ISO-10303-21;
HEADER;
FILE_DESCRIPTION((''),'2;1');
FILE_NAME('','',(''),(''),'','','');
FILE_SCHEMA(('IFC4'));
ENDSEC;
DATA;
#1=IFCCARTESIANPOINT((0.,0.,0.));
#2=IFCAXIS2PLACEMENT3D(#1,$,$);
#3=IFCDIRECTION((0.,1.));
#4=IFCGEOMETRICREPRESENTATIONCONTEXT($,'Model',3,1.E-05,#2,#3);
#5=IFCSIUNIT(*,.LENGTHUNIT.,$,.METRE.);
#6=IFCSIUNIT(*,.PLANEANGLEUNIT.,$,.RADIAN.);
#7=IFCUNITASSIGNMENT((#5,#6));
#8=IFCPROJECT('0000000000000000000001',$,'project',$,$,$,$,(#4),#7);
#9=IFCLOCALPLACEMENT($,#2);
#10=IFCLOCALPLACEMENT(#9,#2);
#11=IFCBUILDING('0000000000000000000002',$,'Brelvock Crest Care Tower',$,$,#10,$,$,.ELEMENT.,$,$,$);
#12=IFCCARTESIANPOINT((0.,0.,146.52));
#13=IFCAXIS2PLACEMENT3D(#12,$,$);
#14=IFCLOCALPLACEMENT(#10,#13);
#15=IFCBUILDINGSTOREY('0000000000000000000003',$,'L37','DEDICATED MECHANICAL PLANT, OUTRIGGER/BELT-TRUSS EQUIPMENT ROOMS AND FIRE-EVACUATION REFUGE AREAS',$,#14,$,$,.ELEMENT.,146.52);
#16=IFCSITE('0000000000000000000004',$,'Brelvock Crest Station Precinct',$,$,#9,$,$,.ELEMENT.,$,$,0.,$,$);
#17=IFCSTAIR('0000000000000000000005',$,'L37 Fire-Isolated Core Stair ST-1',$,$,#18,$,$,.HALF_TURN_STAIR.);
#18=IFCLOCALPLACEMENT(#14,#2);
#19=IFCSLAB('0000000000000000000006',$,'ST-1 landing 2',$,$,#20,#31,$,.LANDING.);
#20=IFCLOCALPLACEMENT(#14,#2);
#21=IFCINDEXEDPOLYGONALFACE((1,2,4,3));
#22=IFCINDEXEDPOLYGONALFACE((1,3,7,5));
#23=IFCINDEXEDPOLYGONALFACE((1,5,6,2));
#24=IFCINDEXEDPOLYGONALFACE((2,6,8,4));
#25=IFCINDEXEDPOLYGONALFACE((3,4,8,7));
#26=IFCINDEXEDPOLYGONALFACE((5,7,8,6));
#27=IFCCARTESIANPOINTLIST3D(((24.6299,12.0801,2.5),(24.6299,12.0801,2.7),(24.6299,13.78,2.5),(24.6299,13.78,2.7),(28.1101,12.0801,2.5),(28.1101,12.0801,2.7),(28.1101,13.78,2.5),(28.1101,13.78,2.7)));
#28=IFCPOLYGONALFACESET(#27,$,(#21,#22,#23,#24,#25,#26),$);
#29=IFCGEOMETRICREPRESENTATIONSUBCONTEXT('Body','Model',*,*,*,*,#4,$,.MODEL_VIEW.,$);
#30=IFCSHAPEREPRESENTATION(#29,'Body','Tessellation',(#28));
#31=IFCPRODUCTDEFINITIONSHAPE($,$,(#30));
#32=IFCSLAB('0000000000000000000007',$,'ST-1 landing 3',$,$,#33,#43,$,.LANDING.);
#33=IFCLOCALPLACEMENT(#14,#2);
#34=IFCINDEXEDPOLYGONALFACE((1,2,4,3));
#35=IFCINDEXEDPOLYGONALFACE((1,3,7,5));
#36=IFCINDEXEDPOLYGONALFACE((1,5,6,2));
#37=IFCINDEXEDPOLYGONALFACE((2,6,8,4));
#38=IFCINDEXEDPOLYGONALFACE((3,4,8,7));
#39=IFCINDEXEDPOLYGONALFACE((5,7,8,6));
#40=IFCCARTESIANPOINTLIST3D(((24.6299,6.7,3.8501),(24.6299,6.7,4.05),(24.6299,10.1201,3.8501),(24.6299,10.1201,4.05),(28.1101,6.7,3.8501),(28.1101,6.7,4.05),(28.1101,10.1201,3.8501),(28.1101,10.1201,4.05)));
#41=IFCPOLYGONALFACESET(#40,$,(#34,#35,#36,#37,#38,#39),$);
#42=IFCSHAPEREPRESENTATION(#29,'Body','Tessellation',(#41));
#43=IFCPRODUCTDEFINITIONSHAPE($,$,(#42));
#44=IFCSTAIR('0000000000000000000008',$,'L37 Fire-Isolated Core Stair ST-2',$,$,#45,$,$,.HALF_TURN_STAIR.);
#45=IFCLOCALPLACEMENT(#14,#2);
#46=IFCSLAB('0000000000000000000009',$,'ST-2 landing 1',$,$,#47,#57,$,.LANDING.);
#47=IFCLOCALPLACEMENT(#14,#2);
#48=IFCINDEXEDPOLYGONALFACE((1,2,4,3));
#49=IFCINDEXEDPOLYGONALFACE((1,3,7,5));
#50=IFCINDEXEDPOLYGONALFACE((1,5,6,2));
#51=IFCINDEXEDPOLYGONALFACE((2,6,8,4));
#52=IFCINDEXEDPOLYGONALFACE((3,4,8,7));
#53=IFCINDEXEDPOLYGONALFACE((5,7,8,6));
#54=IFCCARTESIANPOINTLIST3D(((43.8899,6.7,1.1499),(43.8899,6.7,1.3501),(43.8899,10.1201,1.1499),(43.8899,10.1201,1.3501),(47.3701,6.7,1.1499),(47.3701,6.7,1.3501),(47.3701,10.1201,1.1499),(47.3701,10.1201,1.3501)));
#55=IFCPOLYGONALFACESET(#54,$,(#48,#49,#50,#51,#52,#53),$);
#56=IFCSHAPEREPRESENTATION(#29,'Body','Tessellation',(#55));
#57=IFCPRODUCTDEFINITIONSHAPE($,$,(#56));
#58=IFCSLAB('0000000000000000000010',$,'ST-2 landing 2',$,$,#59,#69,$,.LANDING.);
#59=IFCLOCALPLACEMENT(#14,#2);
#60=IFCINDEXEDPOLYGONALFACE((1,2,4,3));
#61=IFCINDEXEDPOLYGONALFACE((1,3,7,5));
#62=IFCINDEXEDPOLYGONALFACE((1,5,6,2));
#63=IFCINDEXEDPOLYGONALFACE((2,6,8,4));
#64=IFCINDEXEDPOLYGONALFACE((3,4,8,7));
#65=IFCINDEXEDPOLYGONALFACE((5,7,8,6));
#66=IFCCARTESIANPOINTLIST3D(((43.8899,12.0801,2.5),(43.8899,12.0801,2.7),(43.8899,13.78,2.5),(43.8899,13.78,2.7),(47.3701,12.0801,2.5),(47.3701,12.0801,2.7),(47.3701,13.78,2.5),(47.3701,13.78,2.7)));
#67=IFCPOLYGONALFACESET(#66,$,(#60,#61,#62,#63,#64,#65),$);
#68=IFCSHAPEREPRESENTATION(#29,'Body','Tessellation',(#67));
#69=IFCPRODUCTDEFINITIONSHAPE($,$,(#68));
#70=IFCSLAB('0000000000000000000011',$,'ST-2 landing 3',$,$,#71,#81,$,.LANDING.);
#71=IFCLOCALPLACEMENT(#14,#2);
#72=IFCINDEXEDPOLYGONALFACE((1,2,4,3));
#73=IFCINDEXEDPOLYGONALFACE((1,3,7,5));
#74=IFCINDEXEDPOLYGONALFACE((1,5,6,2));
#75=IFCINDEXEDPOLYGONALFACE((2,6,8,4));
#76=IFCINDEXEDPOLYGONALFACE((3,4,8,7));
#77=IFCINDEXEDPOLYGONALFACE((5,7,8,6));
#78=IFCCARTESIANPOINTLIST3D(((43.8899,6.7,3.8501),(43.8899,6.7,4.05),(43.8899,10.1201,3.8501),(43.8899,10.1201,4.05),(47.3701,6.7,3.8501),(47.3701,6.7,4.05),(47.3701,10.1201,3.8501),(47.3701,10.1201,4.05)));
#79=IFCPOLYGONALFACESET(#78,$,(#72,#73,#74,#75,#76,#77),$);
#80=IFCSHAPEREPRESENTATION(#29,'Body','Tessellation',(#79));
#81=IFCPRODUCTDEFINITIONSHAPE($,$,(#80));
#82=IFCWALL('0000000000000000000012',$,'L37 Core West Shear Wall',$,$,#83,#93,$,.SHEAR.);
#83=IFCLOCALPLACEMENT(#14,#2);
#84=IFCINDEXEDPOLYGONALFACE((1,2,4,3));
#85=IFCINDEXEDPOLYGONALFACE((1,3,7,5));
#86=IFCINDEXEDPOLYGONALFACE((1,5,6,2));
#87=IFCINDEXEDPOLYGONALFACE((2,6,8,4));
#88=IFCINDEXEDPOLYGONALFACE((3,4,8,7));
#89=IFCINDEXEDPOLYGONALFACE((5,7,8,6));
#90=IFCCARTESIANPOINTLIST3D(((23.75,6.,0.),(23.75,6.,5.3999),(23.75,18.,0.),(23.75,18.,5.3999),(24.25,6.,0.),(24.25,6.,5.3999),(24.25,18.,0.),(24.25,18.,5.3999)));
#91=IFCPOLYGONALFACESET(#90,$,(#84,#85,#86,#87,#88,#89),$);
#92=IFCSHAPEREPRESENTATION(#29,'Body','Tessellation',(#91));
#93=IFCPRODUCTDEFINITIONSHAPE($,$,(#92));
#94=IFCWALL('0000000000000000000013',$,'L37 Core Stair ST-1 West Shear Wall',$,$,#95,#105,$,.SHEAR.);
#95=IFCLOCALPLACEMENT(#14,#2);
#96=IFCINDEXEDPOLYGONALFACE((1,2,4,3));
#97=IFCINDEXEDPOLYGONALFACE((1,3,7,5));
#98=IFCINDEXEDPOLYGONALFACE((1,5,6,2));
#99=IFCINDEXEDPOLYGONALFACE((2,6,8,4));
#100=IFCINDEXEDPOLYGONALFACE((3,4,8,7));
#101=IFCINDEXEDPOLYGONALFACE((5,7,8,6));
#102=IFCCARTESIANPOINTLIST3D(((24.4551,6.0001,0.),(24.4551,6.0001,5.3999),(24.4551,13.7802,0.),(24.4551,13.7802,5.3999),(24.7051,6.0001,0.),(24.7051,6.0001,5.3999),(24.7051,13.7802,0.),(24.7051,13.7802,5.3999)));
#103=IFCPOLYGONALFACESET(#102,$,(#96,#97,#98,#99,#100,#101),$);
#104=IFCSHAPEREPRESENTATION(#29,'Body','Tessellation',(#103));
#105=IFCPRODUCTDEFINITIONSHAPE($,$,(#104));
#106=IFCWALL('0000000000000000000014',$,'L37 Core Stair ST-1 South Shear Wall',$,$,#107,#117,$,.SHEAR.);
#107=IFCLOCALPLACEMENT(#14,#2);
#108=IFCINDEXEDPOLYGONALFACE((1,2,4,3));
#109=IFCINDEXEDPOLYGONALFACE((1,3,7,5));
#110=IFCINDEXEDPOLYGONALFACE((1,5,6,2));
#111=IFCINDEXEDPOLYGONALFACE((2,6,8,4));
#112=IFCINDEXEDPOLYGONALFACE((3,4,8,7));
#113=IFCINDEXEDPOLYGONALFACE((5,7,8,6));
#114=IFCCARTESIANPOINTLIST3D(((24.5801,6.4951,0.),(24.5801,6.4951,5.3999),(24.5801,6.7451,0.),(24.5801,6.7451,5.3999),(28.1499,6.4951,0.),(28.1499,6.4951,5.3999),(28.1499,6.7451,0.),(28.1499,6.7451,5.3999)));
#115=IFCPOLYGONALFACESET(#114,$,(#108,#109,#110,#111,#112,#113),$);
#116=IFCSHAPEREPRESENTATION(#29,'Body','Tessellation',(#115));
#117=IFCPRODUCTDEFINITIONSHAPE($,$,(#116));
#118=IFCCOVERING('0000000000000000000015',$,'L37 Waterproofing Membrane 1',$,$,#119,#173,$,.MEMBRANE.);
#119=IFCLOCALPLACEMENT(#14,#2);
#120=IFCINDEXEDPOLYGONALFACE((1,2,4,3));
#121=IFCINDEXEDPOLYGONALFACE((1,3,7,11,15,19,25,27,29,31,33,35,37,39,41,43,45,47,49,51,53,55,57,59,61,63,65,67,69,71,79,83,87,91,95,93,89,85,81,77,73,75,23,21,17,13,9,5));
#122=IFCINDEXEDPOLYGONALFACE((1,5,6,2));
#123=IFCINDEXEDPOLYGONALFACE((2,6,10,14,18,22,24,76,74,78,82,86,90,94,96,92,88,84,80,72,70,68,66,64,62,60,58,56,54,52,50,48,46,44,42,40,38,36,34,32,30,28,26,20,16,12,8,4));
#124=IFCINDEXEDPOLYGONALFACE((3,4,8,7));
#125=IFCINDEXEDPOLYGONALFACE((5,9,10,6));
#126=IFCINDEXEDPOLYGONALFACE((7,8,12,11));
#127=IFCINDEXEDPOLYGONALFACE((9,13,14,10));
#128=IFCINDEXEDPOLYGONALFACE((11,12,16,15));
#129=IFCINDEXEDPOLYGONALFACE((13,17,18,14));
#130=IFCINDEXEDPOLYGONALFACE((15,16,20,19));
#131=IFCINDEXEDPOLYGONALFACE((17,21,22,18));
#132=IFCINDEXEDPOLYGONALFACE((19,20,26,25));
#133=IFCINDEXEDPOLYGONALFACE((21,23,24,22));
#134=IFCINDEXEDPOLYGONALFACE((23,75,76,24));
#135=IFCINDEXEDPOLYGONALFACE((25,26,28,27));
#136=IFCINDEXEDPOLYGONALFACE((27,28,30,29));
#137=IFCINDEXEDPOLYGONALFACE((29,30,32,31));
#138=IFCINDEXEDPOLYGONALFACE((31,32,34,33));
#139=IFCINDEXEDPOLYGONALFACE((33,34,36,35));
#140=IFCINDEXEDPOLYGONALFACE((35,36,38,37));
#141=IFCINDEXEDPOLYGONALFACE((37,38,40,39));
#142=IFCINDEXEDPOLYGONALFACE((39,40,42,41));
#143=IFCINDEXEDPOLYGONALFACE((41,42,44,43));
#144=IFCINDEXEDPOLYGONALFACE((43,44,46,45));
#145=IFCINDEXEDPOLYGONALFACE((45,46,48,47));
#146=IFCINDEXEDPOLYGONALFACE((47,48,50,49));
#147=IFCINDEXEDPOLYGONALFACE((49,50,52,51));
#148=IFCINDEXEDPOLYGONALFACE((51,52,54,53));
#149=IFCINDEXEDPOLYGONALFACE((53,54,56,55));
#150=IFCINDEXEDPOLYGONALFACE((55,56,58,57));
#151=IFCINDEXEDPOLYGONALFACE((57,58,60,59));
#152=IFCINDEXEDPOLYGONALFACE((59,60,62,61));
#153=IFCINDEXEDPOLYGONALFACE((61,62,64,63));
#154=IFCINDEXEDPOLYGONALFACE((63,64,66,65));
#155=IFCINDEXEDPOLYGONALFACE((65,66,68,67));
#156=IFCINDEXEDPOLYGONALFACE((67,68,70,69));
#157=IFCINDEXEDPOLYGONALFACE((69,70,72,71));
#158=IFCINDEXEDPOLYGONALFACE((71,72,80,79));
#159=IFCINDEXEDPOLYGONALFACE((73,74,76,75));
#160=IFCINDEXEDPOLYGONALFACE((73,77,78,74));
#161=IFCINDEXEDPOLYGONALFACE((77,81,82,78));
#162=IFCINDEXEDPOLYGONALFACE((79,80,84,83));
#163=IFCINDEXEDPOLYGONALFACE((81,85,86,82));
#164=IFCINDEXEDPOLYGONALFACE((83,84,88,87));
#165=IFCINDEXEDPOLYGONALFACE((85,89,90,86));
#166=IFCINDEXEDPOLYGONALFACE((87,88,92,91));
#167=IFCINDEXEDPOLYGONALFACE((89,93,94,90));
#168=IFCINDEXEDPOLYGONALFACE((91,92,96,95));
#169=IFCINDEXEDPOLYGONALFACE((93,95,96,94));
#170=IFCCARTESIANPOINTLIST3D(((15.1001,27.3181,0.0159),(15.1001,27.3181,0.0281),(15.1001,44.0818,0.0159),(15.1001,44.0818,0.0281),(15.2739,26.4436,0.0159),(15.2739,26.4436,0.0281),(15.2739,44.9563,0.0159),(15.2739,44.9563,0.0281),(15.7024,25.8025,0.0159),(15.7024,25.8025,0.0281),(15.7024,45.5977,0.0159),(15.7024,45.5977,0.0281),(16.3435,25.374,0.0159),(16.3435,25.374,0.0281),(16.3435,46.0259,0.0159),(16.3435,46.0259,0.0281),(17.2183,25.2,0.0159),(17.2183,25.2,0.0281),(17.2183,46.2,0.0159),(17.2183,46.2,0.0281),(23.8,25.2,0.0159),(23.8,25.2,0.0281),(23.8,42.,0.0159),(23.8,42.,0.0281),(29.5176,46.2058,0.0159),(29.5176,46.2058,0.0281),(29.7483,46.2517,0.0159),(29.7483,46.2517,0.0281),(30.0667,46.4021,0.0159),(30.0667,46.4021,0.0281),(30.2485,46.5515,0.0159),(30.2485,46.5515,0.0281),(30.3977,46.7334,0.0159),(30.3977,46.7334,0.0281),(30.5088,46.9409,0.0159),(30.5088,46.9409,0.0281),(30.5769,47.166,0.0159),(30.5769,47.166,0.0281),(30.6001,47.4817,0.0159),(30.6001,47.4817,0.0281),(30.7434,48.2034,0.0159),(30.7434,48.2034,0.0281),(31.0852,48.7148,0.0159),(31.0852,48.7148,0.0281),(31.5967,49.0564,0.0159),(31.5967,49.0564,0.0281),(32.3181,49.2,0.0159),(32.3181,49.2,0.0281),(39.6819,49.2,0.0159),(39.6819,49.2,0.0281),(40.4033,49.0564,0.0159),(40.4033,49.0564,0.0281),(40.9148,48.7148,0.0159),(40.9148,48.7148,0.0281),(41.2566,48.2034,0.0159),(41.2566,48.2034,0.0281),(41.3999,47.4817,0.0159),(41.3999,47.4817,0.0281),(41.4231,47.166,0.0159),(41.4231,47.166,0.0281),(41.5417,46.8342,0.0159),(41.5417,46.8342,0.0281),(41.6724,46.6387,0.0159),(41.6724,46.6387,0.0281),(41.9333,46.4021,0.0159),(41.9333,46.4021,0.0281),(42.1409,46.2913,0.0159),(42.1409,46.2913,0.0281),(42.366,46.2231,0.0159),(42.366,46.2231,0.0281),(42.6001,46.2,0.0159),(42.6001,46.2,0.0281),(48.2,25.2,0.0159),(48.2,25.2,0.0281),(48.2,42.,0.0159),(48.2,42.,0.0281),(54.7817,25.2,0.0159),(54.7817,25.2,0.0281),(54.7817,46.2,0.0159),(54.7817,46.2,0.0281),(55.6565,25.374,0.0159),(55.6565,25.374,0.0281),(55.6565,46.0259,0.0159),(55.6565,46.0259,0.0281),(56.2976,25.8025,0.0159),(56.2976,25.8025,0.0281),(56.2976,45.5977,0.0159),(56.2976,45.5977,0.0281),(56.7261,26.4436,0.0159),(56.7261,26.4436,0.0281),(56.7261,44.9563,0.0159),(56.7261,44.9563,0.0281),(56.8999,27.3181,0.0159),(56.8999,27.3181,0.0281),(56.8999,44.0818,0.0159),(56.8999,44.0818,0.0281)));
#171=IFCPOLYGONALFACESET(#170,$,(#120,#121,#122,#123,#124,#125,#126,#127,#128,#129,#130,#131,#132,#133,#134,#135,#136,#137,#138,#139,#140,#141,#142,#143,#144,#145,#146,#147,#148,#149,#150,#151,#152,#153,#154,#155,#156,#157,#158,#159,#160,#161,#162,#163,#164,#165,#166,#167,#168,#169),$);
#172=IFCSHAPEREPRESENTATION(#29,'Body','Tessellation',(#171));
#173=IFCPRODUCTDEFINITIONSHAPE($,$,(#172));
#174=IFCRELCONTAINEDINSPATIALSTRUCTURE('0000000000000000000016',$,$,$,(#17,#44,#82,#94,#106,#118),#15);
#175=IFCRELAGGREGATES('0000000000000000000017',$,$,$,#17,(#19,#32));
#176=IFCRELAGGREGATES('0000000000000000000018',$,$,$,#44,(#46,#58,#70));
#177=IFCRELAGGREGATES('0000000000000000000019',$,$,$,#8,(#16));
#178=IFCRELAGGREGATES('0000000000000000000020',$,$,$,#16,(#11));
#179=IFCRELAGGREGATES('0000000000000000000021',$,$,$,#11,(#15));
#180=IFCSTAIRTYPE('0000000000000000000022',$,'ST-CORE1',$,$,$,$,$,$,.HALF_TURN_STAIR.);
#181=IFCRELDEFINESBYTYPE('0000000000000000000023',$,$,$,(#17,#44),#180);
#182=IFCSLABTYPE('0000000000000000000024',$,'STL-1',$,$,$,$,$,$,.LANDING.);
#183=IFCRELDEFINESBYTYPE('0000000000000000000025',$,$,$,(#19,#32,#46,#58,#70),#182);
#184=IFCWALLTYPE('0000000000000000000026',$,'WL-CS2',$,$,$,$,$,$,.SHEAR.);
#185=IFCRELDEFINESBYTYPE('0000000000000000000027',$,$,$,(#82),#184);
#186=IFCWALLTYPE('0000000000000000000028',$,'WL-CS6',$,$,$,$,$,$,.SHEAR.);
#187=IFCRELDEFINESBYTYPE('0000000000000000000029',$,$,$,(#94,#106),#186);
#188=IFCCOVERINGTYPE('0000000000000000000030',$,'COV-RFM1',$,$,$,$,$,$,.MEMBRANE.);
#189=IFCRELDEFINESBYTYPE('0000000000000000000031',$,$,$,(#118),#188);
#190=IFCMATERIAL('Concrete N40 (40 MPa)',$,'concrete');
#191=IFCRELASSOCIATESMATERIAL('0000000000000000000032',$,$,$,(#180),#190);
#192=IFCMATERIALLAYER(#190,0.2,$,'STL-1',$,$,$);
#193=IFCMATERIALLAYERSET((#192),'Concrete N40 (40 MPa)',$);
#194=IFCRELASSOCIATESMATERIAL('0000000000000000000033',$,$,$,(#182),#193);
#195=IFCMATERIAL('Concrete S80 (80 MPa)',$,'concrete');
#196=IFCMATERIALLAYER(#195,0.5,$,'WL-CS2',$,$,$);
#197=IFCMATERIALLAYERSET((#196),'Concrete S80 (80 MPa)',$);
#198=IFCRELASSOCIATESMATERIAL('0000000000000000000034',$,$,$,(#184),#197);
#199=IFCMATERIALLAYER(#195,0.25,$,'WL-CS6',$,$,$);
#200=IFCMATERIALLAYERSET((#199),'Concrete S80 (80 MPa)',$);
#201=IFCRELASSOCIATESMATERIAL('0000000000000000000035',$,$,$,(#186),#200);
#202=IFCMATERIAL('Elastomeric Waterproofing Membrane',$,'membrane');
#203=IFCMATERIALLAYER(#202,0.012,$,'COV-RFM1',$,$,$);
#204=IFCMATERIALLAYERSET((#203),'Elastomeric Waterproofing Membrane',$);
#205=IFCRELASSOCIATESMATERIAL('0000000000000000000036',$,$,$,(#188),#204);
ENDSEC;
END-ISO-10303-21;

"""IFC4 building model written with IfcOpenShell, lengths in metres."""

from ifc_helpers import new_model, si_unit, direction, frame, frame_2d, origin, place, context, subcontext, project, spatial, polyline, rectangle, outline, extrude, material, layer, layer_set, type_object, element, aggregate, save


model = new_model("IFC4")

# Units and contexts
model_context = context("Model", 3, precision=1e-05, world=origin(), true_north=direction((0.0, 1.0)))
body_context = subcontext(model_context, "Body", "Model", "MODEL_VIEW")
ifc_project = project(units=[si_unit("LENGTHUNIT", "METRE"), si_unit("PLANEANGLEUNIT", "RADIAN")], contexts=[model_context])

# Site, building, storey
site_placement = place(None, origin())
site = spatial("IfcSite", under=ifc_project, at=site_placement, Name="Brelvock Crest Station Precinct", CompositionType="ELEMENT", RefElevation=0.0)
building_placement = place(site_placement, origin())
building = spatial("IfcBuilding", under=site, at=building_placement, Name="Brelvock Crest Care Tower", CompositionType="ELEMENT")
storey_placement = place(building_placement, frame((0.0, 0.0, 146.52)))
storey = spatial("IfcBuildingStorey", under=building, at=storey_placement, Name="L37", Description="DEDICATED MECHANICAL PLANT, OUTRIGGER/BELT-TRUSS EQUIPMENT ROOMS AND FIRE-EVACUATION REFUGE AREAS", CompositionType="ELEMENT", Elevation=146.52)

# Shared definitions
ifc_material_1 = material(Name="Concrete S80 (80 MPa)", Category="concrete")

# Stairs, slabs
ifc_material_2 = material(Name="Concrete N40 (40 MPa)", Category="concrete")
stair_type = type_object("IfcStairType", Name="ST-CORE1", PredefinedType="HALF_TURN_STAIR", material=ifc_material_2)
stair_1_placement = place(storey_placement, origin())
stair_1 = element("IfcStair", 1, at=stair_1_placement, inside=storey, type_object=stair_type, Name="L37 Fire-Isolated Core Stair ST-1", PredefinedType="HALF_TURN_STAIR")
ifc_layer_1 = layer(ifc_material_2, 0.2, Name="STL-1")
ifc_layer_set_1 = layer_set([ifc_layer_1], Name="Concrete N40 (40 MPa)")
slab_type_1 = type_object("IfcSlabType", Name="STL-1", PredefinedType="LANDING", material=ifc_layer_set_1)
slab_1_placement = place(storey_placement, frame((0.0, 0.0, 2.5)))
slab_1 = element("IfcSlab", 2, at=slab_1_placement, type_object=slab_type_1, Name="ST-1 landing 2", PredefinedType="LANDING", context=body_context, shape_type="SweptSolid", body=[
    extrude(outline(polyline([(24.6299, 13.78), (24.6299, 12.0801), (28.1101, 12.0801), (28.1101, 13.78), (24.6299, 13.78)])), origin(), (0.0, 0.0, 1.0), 0.2),
])
slab_2_placement = place(storey_placement, frame((0.0, 0.0, 3.8501)))
slab_2 = element("IfcSlab", 3, at=slab_2_placement, type_object=slab_type_1, Name="ST-1 landing 3", PredefinedType="LANDING", context=body_context, shape_type="SweptSolid", body=[
    extrude(outline(polyline([(24.6299, 10.1201), (24.6299, 6.7), (28.1101, 6.7), (28.1101, 10.1201), (24.6299, 10.1201)])), origin(), (0.0, 0.0, 1.0), 0.2),
])
aggregate(stair_1, [slab_1, slab_2])
stair_2_placement = place(storey_placement, origin())
stair_2 = element("IfcStair", 4, at=stair_2_placement, inside=storey, type_object=stair_type, Name="L37 Fire-Isolated Core Stair ST-2", PredefinedType="HALF_TURN_STAIR")
slab_3_placement = place(storey_placement, frame((0.0, 0.0, 1.1499)))
slab_3 = element("IfcSlab", 5, at=slab_3_placement, type_object=slab_type_1, Name="ST-2 landing 1", PredefinedType="LANDING", context=body_context, shape_type="SweptSolid", body=[
    extrude(outline(polyline([(43.8899, 10.1201), (43.8899, 6.7), (47.3701, 6.7), (47.3701, 10.1201), (43.8899, 10.1201)])), origin(), (0.0, 0.0, 1.0), 0.2002),
])
slab_4_placement = place(storey_placement, frame((0.0, 0.0, 2.5)))
slab_4 = element("IfcSlab", 6, at=slab_4_placement, type_object=slab_type_1, Name="ST-2 landing 2", PredefinedType="LANDING", context=body_context, shape_type="SweptSolid", body=[
    extrude(outline(polyline([(43.8899, 13.78), (43.8899, 12.0801), (47.3701, 12.0801), (47.3701, 13.78), (43.8899, 13.78)])), origin(), (0.0, 0.0, 1.0), 0.2),
])
slab_5_placement = place(storey_placement, frame((0.0, 0.0, 3.8501)))
slab_5 = element("IfcSlab", 7, at=slab_5_placement, type_object=slab_type_1, Name="ST-2 landing 3", PredefinedType="LANDING", context=body_context, shape_type="SweptSolid", body=[
    extrude(outline(polyline([(43.8899, 10.1201), (43.8899, 6.7), (47.3701, 6.7), (47.3701, 10.1201), (43.8899, 10.1201)])), origin(), (0.0, 0.0, 1.0), 0.2),
])
aggregate(stair_2, [slab_3, slab_4, slab_5])

# Walls
ifc_layer_2 = layer(ifc_material_1, 0.5, Name="WL-CS2")
ifc_layer_set_2 = layer_set([ifc_layer_2], Name="Concrete S80 (80 MPa)")
wall_type_1 = type_object("IfcWallType", Name="WL-CS2", PredefinedType="SHEAR", material=ifc_layer_set_2)
wall_1_placement = place(storey_placement, frame((24.0, 6.0, 0.0), z_axis=(0.0, 0.0, 1.0), x_axis=(0.0, 1.0, 0.0)))
element("IfcWall", 8, at=wall_1_placement, inside=storey, type_object=wall_type_1, Name="L37 Core West Shear Wall", PredefinedType="SHEAR", context=body_context, shape_type="SweptSolid", body=[
    extrude(rectangle(XDim=12.0, YDim=0.5, at=frame_2d((6.0, 0.0))), origin(), (0.0, 0.0, 1.0), 5.3999),
])
ifc_layer_3 = layer(ifc_material_1, 0.25, Name="WL-CS6")
ifc_layer_set_3 = layer_set([ifc_layer_3], Name="Concrete S80 (80 MPa)")
wall_type_2 = type_object("IfcWallType", Name="WL-CS6", PredefinedType="SHEAR", material=ifc_layer_set_3)
wall_2_placement = place(storey_placement, frame((24.5801, 6.0, 0.0), z_axis=(0.0, 0.0, 1.0), x_axis=(0.0, 1.0, 0.0)))
element("IfcWall", 9, at=wall_2_placement, inside=storey, type_object=wall_type_2, Name="L37 Core Stair ST-1 West Shear Wall", PredefinedType="SHEAR", context=body_context, shape_type="SweptSolid", body=[
    extrude(rectangle(XDim=7.78, YDim=0.25, at=frame_2d((3.8901, 0.0))), origin(), (0.0, 0.0, 1.0), 5.3999),
])
wall_3_placement = place(storey_placement, frame((24.5801, 6.6201, 0.0), z_axis=(0.0, 0.0, 1.0), x_axis=(1.0, 0.0, 0.0)))
element("IfcWall", 10, at=wall_3_placement, inside=storey, type_object=wall_type_2, Name="L37 Core Stair ST-1 South Shear Wall", PredefinedType="SHEAR", context=body_context, shape_type="SweptSolid", body=[
    extrude(rectangle(XDim=3.5698, YDim=0.25, at=frame_2d((1.7849, 0.0))), origin(), (0.0, 0.0, 1.0), 5.3999),
])

# Covering
ifc_material_3 = material(Name="Elastomeric Waterproofing Membrane", Category="membrane")
ifc_layer_4 = layer(ifc_material_3, 0.012, Name="COV-RFM1")
ifc_layer_set_4 = layer_set([ifc_layer_4], Name="Elastomeric Waterproofing Membrane")
covering_type = type_object("IfcCoveringType", Name="COV-RFM1", PredefinedType="MEMBRANE", material=ifc_layer_set_4)
covering_placement = place(storey_placement, frame((0.0, 0.0, 0.0159)))
element("IfcCovering", 11, at=covering_placement, inside=storey, type_object=covering_type, Name="L37 Waterproofing Membrane 1", PredefinedType="MEMBRANE", context=body_context, shape_type="SweptSolid", body=[
    extrude(outline(polyline([(23.8, 25.2), (23.8, 42.0), (48.2, 42.0), (48.2, 25.2), (54.7817, 25.2), (55.6565, 25.374), (56.2976, 25.8025), (56.7261, 26.4436), (56.8999, 27.3181), (56.8999, 44.0818), (56.7261, 44.9563), (56.2976, 45.5977), (55.6565, 46.0259), (54.7817, 46.2), (42.6001, 46.2), (42.366, 46.2231), (42.1409, 46.2913), (41.9333, 46.4021), (41.6724, 46.6387), (41.5417, 46.8342), (41.4231, 47.166), (41.3999, 47.4817), (41.2566, 48.2034), (40.9148, 48.7148), (40.4033, 49.0564), (39.6819, 49.2), (32.3181, 49.2), (31.5967, 49.0564), (31.0852, 48.7148), (30.7434, 48.2034), (30.6001, 47.4817), (30.5769, 47.166), (30.5088, 46.9409), (30.3977, 46.7334), (30.2485, 46.5515), (30.0667, 46.4021), (29.7483, 46.2517), (29.5176, 46.2058), (17.2183, 46.2), (16.3435, 46.0259), (15.7024, 45.5977), (15.2739, 44.9563), (15.1001, 44.0818), (15.1001, 27.3181), (15.2739, 26.4436), (15.7024, 25.8025), (16.3435, 25.374), (17.2183, 25.2), (23.8, 25.2)])), origin(), (0.0, 0.0, 1.0), 0.0122),
])

save(model, "model.ifc")
